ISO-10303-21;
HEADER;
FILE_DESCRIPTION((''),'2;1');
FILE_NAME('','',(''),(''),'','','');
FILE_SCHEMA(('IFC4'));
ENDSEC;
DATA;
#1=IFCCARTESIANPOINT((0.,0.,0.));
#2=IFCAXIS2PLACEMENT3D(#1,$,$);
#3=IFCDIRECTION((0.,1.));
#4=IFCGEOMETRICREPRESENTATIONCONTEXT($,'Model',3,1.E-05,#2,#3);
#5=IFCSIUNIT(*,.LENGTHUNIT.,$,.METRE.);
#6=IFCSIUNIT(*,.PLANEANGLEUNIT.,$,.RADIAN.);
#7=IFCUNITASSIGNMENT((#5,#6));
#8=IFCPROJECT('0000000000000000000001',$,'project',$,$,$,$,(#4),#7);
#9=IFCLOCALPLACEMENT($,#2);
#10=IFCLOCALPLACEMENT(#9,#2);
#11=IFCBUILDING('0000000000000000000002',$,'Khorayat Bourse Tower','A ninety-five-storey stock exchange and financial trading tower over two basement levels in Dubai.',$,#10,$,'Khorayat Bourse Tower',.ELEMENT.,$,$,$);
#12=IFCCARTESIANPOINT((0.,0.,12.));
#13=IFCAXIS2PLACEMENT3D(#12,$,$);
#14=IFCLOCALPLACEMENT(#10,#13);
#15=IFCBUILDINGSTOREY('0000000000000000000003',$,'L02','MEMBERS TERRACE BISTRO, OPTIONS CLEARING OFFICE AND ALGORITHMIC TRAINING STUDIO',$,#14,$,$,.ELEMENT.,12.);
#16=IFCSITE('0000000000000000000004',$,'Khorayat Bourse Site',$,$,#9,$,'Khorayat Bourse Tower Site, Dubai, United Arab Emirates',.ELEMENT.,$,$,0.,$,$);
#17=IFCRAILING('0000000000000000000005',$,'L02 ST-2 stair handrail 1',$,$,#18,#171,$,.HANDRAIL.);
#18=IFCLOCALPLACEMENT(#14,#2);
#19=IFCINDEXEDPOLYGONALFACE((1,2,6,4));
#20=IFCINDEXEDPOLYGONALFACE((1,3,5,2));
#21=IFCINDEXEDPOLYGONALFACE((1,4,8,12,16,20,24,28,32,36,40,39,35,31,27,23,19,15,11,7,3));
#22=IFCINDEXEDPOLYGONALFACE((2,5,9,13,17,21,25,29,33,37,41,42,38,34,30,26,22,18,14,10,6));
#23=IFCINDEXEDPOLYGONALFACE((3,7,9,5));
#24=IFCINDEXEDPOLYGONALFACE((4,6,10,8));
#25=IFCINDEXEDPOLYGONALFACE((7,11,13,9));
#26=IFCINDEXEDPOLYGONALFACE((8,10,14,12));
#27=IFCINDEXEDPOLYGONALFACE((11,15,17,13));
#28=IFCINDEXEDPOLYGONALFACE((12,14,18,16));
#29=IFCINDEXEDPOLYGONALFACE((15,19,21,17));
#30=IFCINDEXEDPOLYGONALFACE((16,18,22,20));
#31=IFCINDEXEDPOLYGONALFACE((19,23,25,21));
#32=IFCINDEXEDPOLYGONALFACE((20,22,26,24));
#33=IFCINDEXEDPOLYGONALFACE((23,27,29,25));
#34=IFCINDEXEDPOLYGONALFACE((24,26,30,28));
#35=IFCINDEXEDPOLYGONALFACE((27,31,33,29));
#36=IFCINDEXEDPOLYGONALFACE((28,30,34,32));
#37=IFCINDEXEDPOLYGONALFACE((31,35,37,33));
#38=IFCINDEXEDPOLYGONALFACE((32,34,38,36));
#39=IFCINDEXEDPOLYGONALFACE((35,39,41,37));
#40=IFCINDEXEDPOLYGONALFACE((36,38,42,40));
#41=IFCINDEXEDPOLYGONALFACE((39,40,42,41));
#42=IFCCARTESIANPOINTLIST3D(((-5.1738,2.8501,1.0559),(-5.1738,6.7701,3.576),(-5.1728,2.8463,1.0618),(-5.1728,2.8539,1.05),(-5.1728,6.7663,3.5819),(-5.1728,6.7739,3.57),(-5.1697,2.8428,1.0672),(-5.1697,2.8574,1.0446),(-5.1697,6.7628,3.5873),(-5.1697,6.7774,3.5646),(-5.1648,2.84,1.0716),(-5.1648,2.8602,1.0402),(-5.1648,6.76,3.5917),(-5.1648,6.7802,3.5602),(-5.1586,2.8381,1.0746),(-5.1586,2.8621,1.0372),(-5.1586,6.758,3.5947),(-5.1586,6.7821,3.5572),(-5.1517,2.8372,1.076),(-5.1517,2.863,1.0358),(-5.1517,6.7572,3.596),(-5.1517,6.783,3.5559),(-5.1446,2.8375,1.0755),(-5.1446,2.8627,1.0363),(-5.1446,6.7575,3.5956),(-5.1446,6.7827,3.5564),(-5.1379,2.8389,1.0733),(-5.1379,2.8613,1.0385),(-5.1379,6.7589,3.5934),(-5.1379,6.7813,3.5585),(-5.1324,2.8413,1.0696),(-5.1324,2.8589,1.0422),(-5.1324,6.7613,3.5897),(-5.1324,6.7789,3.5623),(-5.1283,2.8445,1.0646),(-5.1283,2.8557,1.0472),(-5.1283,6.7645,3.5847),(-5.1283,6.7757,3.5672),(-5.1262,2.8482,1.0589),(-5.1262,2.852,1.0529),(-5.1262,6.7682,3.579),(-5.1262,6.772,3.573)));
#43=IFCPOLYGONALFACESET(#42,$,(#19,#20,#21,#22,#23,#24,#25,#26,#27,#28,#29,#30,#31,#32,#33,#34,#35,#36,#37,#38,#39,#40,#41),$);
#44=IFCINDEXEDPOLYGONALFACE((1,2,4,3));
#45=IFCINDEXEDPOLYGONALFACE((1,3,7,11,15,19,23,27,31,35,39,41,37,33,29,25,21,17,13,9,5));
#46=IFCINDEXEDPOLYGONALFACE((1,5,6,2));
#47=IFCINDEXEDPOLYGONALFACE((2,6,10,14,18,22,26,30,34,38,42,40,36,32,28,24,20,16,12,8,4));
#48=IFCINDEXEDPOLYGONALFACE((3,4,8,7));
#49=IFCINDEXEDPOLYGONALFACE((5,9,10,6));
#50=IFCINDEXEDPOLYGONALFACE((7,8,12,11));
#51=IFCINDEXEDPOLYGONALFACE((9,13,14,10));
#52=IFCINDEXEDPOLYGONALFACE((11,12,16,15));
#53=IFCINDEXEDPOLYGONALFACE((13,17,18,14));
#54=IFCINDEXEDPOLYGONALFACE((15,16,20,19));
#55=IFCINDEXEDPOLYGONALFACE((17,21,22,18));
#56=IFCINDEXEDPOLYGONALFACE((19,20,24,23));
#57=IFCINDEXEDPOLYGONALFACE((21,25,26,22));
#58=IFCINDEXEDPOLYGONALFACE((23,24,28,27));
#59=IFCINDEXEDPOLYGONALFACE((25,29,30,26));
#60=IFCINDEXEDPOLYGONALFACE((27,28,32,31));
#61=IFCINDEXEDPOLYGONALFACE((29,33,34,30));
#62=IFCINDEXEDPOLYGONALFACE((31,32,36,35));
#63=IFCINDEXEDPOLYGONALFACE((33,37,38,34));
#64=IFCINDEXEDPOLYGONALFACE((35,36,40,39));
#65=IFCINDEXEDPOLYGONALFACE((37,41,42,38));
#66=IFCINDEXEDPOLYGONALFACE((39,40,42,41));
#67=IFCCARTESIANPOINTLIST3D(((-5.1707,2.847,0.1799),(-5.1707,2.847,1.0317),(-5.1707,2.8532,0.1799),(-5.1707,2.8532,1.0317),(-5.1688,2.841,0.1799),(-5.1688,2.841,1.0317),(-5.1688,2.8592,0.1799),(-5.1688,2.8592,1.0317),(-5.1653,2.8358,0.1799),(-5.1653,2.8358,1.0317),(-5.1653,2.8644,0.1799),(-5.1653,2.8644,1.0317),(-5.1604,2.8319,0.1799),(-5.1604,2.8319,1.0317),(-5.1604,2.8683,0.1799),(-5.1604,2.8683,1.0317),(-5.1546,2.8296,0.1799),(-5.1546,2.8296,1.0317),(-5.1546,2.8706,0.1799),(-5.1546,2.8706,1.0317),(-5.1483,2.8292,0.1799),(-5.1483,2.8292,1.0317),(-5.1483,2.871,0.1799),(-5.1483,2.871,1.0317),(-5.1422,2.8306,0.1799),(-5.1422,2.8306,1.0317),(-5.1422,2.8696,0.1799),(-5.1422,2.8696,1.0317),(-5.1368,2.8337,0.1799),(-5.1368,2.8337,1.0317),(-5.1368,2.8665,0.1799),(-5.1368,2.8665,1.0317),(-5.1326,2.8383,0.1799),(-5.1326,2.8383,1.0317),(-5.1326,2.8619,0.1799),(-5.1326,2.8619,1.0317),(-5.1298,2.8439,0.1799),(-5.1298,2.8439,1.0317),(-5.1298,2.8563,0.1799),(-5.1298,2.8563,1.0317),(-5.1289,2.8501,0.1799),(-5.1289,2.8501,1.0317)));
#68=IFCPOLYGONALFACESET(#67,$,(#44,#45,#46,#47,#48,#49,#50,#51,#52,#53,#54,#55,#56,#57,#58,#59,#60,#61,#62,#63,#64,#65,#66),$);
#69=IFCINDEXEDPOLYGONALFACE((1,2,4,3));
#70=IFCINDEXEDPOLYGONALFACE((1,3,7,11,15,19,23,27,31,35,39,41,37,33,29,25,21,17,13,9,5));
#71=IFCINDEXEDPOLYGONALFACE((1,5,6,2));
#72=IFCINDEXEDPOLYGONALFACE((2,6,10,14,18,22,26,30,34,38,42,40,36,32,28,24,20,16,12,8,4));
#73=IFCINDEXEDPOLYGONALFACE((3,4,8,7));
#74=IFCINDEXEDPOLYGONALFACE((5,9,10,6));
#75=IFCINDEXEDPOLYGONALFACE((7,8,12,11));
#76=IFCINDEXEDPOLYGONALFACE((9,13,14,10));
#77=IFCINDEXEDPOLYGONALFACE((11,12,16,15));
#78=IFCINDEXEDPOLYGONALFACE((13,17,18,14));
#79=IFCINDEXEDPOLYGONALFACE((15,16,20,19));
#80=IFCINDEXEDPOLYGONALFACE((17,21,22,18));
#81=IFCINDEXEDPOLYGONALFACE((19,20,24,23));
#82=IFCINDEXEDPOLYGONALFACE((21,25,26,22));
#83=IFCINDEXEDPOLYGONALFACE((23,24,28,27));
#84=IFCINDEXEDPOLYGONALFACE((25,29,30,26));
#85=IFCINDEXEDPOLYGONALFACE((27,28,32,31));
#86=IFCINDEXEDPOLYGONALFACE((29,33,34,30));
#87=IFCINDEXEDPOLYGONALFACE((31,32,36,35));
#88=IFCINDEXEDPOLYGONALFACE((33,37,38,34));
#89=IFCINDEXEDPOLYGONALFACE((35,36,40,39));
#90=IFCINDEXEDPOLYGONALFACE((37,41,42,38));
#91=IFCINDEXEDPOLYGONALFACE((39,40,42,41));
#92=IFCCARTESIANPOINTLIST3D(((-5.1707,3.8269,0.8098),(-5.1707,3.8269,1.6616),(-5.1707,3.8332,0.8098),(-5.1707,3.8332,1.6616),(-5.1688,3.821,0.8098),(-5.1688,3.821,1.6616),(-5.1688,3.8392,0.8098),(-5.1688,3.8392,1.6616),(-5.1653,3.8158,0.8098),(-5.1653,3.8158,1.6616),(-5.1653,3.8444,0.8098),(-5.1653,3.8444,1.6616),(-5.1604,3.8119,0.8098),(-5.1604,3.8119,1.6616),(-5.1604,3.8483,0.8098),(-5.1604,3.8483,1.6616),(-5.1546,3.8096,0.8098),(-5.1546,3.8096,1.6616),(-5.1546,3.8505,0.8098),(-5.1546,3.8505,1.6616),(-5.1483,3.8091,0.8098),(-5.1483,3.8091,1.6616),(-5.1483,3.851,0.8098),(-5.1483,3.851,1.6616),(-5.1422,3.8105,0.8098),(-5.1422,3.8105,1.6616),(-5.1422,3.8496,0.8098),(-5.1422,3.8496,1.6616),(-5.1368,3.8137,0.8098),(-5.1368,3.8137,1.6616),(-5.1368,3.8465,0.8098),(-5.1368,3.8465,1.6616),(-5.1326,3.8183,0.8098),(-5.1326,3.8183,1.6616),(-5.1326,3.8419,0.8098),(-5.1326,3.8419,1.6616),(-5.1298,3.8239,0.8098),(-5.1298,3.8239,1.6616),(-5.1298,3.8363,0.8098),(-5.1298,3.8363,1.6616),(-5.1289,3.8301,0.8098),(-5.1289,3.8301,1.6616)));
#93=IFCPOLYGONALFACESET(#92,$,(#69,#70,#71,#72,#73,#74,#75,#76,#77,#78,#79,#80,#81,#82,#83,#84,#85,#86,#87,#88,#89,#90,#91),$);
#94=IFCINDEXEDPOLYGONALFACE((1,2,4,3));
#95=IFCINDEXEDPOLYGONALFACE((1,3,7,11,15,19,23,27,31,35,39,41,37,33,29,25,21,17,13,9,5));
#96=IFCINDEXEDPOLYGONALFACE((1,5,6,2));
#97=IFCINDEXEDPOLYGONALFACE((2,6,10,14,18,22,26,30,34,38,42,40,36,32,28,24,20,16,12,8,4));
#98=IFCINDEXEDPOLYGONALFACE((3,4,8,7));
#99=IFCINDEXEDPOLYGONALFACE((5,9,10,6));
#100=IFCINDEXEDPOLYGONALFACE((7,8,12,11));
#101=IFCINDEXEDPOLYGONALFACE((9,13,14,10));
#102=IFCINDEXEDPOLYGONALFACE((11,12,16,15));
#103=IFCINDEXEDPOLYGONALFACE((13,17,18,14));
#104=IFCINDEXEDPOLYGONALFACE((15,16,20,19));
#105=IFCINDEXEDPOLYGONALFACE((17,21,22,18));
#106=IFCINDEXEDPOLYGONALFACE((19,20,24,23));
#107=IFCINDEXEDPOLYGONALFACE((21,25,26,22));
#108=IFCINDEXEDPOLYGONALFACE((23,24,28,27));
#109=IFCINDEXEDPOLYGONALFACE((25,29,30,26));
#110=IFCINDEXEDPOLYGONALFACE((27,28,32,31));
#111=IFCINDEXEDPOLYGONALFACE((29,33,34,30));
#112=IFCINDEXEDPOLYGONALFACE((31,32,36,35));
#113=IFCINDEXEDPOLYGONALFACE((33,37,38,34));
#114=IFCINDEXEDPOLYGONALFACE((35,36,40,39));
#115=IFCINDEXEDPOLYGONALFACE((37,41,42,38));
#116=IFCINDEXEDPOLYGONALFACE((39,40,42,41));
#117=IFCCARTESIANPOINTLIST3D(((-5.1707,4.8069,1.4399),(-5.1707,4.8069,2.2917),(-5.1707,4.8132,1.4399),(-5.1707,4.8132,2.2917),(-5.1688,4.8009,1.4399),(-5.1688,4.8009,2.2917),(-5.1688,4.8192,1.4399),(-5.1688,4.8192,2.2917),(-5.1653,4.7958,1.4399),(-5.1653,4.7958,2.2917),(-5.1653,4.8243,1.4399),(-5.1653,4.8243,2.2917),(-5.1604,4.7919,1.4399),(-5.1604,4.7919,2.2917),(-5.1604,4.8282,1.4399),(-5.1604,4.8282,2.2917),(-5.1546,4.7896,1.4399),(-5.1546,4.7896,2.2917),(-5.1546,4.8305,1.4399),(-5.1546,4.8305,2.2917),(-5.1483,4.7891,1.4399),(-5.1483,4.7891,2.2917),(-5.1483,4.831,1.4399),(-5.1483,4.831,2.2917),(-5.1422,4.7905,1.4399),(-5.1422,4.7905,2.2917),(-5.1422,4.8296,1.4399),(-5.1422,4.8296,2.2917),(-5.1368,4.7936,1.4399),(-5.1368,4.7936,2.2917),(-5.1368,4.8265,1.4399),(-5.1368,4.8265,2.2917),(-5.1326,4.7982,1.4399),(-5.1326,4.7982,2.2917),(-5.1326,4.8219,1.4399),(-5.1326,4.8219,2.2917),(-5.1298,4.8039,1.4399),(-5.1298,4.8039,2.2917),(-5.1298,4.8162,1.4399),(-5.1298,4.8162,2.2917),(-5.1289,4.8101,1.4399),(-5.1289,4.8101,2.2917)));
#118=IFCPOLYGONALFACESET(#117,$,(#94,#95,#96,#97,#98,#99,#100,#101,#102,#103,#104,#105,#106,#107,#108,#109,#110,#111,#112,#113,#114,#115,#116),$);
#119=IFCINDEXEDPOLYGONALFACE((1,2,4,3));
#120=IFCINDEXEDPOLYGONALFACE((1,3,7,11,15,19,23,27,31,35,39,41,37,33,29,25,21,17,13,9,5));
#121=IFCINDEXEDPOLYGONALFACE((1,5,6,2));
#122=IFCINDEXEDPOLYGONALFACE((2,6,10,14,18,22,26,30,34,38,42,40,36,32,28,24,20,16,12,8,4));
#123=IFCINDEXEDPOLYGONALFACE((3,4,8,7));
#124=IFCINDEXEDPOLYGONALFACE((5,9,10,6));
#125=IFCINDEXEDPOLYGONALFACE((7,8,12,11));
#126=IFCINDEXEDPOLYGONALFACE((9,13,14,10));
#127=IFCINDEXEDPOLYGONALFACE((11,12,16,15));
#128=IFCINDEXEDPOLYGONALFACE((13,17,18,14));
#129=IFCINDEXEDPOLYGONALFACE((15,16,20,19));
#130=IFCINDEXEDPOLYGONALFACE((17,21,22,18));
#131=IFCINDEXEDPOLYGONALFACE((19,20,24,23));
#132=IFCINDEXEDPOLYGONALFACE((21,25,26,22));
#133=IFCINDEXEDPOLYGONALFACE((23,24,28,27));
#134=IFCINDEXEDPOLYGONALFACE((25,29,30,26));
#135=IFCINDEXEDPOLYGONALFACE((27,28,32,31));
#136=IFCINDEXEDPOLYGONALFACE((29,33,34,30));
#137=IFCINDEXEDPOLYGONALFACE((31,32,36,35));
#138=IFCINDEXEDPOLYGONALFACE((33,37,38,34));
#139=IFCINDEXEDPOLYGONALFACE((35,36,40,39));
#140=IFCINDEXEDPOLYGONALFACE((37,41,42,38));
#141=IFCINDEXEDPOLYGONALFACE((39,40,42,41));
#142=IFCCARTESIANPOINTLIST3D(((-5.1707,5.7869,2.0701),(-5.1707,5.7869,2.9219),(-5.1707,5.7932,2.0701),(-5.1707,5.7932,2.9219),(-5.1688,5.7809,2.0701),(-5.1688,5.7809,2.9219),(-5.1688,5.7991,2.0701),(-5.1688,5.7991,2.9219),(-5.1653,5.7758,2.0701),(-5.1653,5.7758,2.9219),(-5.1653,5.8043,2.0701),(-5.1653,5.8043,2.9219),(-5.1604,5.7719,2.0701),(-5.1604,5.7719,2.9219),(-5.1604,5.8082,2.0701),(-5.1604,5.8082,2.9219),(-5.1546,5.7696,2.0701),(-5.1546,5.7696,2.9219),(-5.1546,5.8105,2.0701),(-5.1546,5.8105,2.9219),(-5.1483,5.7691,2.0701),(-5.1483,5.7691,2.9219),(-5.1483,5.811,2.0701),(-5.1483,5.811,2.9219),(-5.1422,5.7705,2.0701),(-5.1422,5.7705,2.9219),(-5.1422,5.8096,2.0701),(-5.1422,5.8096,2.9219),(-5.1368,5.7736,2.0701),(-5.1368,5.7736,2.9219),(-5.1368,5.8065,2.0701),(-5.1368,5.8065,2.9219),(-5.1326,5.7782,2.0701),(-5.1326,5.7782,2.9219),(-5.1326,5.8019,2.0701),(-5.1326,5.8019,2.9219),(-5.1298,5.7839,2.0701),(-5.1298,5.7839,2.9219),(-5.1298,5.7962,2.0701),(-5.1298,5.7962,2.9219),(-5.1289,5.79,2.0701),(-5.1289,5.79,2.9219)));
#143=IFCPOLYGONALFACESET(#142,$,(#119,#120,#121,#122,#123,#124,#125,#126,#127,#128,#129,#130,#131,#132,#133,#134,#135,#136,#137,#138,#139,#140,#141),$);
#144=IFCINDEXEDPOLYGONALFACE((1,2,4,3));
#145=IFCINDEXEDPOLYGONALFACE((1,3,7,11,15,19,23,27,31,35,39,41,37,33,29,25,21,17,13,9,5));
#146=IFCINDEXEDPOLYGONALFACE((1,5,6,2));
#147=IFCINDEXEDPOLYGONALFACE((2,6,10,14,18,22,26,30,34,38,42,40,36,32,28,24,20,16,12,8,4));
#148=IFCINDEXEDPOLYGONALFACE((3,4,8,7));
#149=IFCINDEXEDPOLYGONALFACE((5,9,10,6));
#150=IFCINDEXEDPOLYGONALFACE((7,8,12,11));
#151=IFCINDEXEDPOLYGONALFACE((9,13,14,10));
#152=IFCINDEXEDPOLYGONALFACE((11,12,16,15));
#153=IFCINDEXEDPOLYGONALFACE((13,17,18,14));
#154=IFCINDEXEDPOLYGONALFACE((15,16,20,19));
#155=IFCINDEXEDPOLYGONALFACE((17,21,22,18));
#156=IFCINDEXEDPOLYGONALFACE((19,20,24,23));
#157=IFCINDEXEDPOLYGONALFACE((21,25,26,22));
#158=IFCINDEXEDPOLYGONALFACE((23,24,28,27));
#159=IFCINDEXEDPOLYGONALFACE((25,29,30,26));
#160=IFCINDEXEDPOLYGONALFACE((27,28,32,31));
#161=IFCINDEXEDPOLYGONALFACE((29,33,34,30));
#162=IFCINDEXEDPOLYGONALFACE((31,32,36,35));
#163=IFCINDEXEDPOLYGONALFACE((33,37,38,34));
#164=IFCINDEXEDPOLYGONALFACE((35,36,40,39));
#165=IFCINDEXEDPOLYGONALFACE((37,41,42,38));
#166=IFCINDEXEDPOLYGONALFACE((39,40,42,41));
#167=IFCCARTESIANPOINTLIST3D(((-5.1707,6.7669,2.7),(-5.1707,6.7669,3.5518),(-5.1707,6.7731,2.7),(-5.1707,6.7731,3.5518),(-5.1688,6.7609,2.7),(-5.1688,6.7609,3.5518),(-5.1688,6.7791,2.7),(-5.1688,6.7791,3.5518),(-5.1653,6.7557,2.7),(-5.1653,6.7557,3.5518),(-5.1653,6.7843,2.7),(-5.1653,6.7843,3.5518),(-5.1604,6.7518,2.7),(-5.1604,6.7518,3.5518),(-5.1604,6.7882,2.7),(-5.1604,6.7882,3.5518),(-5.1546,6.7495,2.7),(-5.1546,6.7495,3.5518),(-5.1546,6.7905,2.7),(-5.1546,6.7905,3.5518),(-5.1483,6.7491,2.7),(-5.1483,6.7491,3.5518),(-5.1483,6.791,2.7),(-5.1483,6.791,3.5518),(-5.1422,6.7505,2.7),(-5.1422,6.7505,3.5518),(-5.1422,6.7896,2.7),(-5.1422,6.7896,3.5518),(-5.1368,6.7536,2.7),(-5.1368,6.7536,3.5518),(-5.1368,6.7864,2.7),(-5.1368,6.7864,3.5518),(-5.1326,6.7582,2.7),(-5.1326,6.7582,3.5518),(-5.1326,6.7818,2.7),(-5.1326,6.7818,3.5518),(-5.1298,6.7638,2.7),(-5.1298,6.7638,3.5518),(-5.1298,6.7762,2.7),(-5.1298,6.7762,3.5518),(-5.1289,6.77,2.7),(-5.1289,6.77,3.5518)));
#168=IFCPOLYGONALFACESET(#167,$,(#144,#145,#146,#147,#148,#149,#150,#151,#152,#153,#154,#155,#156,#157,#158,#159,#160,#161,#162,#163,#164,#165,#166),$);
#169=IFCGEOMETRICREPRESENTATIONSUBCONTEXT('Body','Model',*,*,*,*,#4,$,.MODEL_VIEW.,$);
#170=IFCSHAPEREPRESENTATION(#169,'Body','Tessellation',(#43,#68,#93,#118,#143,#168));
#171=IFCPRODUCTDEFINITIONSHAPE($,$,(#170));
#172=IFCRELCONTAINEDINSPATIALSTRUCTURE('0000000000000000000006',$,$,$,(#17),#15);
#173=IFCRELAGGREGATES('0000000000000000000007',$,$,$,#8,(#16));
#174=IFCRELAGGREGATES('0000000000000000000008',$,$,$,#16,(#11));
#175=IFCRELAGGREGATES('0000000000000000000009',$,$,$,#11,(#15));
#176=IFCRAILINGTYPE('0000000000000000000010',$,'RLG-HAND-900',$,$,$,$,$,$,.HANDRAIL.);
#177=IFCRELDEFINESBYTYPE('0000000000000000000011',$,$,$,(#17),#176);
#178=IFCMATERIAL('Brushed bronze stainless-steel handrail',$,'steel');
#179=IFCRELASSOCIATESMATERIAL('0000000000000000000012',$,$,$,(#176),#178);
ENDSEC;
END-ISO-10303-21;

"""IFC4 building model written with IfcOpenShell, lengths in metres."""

from ifc_helpers import new_model, si_unit, direction, frame, origin, origin_2d, place, context, subcontext, project, spatial, circle, extrude, source, transform, mapped, material, type_object, element, save


model = new_model("IFC4")

# Units and contexts
model_context = context("Model", 3, precision=1e-05, world=origin(), true_north=direction((0.0, 1.0)))
body_context = subcontext(model_context, "Body", "Model", "MODEL_VIEW")
ifc_project = project(units=[si_unit("LENGTHUNIT", "METRE"), si_unit("PLANEANGLEUNIT", "RADIAN")], contexts=[model_context])

# Site, building, storey
site_placement = place(None, origin())
site = spatial("IfcSite", under=ifc_project, at=site_placement, Name="Khorayat Bourse Site", LongName="Khorayat Bourse Tower Site, Dubai, United Arab Emirates", CompositionType="ELEMENT", RefElevation=0.0)
building_placement = place(site_placement, origin())
building = spatial("IfcBuilding", under=site, at=building_placement, Name="Khorayat Bourse Tower", Description="A ninety-five-storey stock exchange and financial trading tower over two basement levels in Dubai.", LongName="Khorayat Bourse Tower", CompositionType="ELEMENT")
storey_placement = place(building_placement, frame((0.0, 0.0, 12.0)))
storey = spatial("IfcBuildingStorey", under=building, at=storey_placement, Name="L02", Description="MEMBERS TERRACE BISTRO, OPTIONS CLEARING OFFICE AND ALGORITHMIC TRAINING STUDIO", CompositionType="ELEMENT", Elevation=12.0)

# Railing
ifc_material_1 = material(Name="Brushed bronze stainless-steel handrail", Category="steel")
railing_type_1 = type_object("IfcRailingType", Name="RLG-HAND-900", PredefinedType="HANDRAIL", material=ifc_material_1)
shared_shape_1 = source(origin(), body_context, "Body", "SweptSolid", [
    extrude(circle(Radius=0.0239, at=origin_2d()), frame((0.0, 0.0, 0.876), z_axis=(0.0, 0.841172, 0.540768), x_axis=(-1.0, 0.0, 0.0)), (0.0, 0.0, 1.0), 4.6602),
    extrude(circle(Radius=0.021, at=origin_2d()), origin(), (0.0, 0.0, 1.0), 0.8518),
    extrude(circle(Radius=0.021, at=origin_2d()), frame((0.0, 0.98, 0.6299)), (0.0, 0.0, 1.0), 0.8518),
    extrude(circle(Radius=0.021, at=origin_2d()), frame((0.0, 1.96, 1.26)), (0.0, 0.0, 1.0), 0.8518),
    extrude(circle(Radius=0.021, at=origin_2d()), frame((0.0, 2.9399, 1.8901)), (0.0, 0.0, 1.0), 0.8518),
    extrude(circle(Radius=0.021, at=origin_2d()), frame((0.0, 3.9199, 2.52)), (0.0, 0.0, 1.0), 0.8518),
])
railing_1_placement = place(storey_placement, frame((-5.1499, 2.8501, 0.1799)))
element("IfcRailing", 1, at=railing_1_placement, inside=storey, type_object=railing_type_1, Name="L02 ST-2 stair handrail 1", PredefinedType="HANDRAIL", context=body_context, shape_type="MappedRepresentation", body=[
    mapped(shared_shape_1, transform((0.0, 0.0, 0.0), scale=1.0)),
])

save(model, "model.ifc")
